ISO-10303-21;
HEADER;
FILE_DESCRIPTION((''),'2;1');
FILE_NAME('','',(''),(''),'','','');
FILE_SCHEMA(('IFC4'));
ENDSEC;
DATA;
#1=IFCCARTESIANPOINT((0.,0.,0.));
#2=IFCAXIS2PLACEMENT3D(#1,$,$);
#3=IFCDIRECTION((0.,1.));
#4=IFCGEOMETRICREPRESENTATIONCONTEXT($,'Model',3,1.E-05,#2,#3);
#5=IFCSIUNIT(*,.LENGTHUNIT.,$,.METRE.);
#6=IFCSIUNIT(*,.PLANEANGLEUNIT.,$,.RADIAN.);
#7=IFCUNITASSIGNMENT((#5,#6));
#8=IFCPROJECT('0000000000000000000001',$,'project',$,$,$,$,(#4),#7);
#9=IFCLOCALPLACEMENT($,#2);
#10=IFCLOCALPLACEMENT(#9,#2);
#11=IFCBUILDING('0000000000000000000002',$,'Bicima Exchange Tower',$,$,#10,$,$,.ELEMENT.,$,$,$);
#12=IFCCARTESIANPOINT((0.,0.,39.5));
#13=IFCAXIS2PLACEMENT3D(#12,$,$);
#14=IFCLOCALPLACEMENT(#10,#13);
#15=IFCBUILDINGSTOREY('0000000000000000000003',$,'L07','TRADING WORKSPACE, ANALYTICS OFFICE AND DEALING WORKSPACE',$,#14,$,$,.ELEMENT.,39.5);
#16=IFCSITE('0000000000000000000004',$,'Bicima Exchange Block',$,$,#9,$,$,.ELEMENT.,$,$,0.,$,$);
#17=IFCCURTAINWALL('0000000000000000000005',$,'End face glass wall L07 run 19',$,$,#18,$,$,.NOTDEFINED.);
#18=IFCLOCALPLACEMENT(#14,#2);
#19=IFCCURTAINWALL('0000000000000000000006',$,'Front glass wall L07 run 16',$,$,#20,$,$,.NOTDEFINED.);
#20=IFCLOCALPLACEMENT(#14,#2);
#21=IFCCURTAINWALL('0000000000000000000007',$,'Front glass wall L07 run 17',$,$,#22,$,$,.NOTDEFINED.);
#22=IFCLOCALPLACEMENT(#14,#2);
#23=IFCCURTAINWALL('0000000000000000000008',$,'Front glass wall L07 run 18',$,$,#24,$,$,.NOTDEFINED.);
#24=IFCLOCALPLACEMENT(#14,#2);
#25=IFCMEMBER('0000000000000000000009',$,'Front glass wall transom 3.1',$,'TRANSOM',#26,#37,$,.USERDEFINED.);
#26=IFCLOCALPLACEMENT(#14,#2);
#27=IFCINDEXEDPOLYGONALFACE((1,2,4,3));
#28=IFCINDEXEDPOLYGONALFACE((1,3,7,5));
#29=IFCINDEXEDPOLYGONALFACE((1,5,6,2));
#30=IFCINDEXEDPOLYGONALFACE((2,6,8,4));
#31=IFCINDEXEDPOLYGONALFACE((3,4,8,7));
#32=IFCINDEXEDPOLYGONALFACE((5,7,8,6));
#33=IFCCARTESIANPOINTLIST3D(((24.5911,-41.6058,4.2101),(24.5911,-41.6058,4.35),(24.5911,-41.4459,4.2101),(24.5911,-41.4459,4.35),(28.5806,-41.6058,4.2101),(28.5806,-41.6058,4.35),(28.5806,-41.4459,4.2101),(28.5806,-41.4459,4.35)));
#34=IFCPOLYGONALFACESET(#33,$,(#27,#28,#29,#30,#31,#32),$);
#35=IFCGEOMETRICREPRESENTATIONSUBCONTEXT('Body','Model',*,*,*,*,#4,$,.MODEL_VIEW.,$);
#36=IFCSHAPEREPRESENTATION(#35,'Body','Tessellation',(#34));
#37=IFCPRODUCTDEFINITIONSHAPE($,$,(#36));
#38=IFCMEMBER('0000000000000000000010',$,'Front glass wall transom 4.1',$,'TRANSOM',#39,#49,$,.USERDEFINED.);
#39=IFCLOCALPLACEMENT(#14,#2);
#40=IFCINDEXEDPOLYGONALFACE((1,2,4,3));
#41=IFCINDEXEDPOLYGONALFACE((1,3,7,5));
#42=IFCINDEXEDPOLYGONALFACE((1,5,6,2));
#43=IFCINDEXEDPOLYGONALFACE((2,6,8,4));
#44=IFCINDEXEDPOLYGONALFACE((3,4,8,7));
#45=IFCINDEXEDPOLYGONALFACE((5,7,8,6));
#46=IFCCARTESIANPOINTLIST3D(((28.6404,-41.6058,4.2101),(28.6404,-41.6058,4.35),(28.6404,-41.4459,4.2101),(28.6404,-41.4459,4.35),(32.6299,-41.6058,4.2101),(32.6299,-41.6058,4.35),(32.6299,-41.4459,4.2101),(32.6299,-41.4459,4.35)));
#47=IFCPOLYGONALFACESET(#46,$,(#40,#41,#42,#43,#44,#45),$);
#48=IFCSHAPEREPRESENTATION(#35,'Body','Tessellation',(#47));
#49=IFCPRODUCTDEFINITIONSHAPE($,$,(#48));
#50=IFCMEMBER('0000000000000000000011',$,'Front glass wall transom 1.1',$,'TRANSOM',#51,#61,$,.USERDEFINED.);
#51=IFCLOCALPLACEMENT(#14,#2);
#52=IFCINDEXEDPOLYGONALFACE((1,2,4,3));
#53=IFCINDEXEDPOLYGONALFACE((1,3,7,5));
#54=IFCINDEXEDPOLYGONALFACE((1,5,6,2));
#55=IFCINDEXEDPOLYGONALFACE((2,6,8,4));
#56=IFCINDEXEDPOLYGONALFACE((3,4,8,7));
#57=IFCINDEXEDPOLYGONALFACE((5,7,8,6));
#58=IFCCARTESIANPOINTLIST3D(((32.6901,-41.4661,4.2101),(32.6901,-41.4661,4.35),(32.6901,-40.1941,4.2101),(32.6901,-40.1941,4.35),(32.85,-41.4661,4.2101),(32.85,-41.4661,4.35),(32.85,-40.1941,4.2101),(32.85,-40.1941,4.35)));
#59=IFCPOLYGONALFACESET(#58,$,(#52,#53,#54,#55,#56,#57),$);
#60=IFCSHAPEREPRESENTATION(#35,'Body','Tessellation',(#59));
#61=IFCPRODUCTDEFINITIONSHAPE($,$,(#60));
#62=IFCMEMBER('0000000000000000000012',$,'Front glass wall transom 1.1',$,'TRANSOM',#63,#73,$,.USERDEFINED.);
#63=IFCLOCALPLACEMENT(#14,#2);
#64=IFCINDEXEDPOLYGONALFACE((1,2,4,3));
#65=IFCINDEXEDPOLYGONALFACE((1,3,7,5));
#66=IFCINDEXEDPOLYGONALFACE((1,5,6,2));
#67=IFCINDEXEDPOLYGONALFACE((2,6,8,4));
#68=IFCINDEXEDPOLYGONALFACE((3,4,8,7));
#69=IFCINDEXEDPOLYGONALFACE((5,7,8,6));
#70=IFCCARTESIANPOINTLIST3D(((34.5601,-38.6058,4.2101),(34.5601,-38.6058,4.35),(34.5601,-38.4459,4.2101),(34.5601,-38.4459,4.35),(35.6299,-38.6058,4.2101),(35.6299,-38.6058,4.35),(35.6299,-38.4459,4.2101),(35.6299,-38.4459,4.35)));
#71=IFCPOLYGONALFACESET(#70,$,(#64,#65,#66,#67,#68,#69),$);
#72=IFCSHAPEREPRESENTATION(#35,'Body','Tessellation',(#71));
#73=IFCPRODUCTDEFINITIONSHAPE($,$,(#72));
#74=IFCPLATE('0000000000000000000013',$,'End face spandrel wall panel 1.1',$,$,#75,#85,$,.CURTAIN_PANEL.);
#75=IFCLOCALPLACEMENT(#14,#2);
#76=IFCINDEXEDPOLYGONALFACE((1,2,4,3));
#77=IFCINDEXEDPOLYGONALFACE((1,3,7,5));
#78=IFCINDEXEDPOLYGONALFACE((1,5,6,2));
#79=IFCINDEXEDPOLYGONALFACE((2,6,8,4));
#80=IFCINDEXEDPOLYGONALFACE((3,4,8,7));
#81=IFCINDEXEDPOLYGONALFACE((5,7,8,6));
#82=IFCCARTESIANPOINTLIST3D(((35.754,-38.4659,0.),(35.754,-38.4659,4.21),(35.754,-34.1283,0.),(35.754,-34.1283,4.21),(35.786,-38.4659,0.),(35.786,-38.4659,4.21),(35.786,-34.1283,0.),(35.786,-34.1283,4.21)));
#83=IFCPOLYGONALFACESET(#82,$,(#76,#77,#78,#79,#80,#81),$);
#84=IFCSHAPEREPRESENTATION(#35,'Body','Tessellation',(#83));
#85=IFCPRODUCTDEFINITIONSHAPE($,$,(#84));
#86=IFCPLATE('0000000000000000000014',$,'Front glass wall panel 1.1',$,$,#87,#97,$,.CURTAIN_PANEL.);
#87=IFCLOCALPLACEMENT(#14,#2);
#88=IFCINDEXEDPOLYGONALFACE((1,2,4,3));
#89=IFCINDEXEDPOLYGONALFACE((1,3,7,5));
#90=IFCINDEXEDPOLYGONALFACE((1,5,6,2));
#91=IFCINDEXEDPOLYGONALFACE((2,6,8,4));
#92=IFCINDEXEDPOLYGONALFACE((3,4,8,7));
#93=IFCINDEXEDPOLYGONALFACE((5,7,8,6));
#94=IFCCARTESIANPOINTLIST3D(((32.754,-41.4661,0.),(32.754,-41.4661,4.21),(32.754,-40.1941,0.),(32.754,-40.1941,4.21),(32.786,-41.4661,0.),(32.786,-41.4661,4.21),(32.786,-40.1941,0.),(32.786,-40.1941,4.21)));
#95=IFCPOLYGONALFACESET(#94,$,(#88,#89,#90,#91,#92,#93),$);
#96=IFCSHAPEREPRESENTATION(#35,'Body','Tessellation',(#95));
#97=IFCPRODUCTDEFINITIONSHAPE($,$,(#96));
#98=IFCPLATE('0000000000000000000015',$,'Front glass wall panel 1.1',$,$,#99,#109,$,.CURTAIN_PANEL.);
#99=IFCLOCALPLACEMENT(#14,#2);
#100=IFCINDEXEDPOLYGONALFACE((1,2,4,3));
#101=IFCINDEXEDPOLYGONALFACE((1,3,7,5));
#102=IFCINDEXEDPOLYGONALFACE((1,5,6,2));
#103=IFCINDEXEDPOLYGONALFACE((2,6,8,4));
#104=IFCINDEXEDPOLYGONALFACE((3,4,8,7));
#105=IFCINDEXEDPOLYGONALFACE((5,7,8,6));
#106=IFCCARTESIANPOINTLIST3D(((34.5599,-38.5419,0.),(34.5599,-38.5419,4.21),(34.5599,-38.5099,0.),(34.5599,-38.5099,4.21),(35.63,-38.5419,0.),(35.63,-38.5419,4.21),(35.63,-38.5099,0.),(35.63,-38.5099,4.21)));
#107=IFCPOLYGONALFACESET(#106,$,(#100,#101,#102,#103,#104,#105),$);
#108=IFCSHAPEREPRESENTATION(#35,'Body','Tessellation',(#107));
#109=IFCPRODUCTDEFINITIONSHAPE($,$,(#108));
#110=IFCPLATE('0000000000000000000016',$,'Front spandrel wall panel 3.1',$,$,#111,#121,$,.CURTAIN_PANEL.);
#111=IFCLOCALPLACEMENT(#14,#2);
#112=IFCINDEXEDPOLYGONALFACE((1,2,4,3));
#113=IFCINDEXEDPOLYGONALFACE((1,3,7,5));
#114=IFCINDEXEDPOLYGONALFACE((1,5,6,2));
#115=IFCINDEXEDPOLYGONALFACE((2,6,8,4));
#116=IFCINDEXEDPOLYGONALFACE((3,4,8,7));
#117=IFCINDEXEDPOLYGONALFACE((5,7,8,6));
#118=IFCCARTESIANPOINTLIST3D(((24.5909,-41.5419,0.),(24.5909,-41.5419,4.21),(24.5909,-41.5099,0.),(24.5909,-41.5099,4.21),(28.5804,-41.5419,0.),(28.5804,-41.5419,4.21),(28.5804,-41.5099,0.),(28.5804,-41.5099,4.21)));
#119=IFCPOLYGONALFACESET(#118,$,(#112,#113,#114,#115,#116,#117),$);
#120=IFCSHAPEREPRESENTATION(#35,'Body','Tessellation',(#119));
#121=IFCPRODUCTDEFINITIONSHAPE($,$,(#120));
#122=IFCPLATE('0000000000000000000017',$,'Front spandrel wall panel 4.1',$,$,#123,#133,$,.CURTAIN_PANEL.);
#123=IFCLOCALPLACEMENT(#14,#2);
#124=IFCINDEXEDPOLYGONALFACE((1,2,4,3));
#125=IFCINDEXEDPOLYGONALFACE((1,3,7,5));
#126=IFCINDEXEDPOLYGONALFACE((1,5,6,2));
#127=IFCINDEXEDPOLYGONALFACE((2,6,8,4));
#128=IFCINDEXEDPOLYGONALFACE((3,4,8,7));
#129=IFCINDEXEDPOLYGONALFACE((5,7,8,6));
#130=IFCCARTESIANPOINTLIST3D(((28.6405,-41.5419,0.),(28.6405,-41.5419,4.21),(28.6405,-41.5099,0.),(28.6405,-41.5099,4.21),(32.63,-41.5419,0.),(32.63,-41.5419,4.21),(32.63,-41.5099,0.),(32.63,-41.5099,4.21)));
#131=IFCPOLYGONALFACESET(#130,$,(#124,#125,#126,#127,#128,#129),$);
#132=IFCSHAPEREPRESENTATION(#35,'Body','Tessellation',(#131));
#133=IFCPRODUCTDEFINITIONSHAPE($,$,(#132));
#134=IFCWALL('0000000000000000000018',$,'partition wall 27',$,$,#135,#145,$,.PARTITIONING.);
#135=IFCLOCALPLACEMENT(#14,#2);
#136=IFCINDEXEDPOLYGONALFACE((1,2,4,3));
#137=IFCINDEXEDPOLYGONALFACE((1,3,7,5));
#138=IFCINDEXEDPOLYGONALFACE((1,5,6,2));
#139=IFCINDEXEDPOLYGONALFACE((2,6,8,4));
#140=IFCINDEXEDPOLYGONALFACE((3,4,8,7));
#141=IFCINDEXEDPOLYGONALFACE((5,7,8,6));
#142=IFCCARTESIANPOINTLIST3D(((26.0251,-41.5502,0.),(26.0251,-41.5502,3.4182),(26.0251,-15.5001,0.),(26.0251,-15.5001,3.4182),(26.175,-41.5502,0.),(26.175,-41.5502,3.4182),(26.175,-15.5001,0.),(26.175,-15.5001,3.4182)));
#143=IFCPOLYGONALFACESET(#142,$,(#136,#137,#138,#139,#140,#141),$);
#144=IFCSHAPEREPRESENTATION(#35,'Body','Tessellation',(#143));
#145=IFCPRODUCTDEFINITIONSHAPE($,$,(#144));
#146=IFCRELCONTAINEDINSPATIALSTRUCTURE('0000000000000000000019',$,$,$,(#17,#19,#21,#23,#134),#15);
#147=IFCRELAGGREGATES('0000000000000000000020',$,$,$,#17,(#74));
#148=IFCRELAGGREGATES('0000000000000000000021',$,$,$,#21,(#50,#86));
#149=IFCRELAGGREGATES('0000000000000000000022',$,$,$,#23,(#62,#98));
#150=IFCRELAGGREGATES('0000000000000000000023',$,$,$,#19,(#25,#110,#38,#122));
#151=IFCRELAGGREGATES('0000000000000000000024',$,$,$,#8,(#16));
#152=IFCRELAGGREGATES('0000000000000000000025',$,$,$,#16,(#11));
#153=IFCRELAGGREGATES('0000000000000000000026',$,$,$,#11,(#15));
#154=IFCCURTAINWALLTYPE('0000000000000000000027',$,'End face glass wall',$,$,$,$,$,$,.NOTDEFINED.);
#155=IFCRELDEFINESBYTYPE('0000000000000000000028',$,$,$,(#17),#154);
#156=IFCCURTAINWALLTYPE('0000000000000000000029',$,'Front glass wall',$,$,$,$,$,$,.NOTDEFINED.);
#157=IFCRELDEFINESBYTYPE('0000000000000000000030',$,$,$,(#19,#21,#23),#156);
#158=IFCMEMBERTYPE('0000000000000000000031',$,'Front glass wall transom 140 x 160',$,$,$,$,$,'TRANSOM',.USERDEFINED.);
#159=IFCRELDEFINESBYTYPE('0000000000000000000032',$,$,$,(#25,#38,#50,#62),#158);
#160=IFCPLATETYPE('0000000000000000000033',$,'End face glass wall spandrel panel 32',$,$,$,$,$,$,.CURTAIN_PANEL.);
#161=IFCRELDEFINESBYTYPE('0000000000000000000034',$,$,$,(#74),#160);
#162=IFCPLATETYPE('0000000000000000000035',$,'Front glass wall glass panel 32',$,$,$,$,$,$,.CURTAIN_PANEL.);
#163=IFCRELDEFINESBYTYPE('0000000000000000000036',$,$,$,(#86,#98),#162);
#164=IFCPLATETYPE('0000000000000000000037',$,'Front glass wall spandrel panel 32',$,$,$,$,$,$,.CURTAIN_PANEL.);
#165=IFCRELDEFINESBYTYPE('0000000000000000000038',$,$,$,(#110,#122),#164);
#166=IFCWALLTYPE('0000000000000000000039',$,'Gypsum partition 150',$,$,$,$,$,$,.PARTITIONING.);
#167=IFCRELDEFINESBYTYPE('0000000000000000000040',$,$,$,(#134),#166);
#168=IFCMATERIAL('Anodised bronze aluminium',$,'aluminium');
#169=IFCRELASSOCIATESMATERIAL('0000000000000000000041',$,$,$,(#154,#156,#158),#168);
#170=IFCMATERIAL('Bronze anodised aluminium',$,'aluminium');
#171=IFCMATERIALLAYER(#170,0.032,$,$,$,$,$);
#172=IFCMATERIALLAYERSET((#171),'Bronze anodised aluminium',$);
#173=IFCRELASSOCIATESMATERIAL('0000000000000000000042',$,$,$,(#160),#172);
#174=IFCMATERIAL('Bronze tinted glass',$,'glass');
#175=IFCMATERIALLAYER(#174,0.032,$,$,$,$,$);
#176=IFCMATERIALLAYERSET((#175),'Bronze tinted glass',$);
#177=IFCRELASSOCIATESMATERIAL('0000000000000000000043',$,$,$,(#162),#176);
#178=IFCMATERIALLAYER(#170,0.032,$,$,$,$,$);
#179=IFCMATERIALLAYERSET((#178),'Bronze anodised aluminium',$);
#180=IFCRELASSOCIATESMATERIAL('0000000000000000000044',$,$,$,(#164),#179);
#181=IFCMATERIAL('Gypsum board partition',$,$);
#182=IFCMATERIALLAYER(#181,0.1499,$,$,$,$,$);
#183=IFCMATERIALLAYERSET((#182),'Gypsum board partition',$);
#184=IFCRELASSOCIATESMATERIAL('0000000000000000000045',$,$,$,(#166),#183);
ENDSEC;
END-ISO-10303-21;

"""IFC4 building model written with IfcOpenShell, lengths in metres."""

from ifc_helpers import new_model, si_unit, direction, frame, frame_2d, origin, origin_2d, place, context, subcontext, project, spatial, rectangle, extrude, material, layer, layer_set, material_profile, profile_set, type_object, element, aggregate, save


model = new_model("IFC4")

# Units and contexts
model_context = context("Model", 3, precision=1e-05, world=origin(), true_north=direction((0.0, 1.0)))
body_context = subcontext(model_context, "Body", "Model", "MODEL_VIEW")
ifc_project = project(units=[si_unit("LENGTHUNIT", "METRE"), si_unit("PLANEANGLEUNIT", "RADIAN")], contexts=[model_context])

# Site, building, storey
site_placement = place(None, origin())
site = spatial("IfcSite", under=ifc_project, at=site_placement, Name="Bicima Exchange Block", CompositionType="ELEMENT", RefElevation=0.0)
building_placement = place(site_placement, origin())
building = spatial("IfcBuilding", under=site, at=building_placement, Name="Bicima Exchange Tower", CompositionType="ELEMENT")
storey_placement = place(building_placement, frame((0.0, 0.0, 39.5)))
storey = spatial("IfcBuildingStorey", under=building, at=storey_placement, Name="L07", Description="TRADING WORKSPACE, ANALYTICS OFFICE AND DEALING WORKSPACE", CompositionType="ELEMENT", Elevation=39.5)

# Curtain wall
ifc_material_1 = material(Name="Anodised bronze aluminium", Category="aluminium")
curtain_wall_type_1 = type_object("IfcCurtainWallType", Name="End face glass wall", PredefinedType="NOTDEFINED", material=ifc_material_1)
curtain_wall_1_placement = place(storey_placement, origin())
curtain_wall_1 = element("IfcCurtainWall", 1, at=curtain_wall_1_placement, inside=storey, type_object=curtain_wall_type_1, Name="End face glass wall L07 run 19", PredefinedType="NOTDEFINED")
ifc_material_profile_1 = material_profile(ifc_material_1, rectangle(XDim=0.1599, YDim=0.1399, at=origin_2d()))
ifc_profile_set_1 = profile_set([ifc_material_profile_1], Name="Anodised bronze aluminium")

# Curtain walls
curtain_wall_type_2 = type_object("IfcCurtainWallType", Name="Front glass wall", PredefinedType="NOTDEFINED", material=ifc_material_1)
curtain_wall_2_placement = place(storey_placement, origin())
curtain_wall_2 = element("IfcCurtainWall", 2, at=curtain_wall_2_placement, inside=storey, type_object=curtain_wall_type_2, Name="Front glass wall L07 run 16", PredefinedType="NOTDEFINED")
curtain_wall_3_placement = place(storey_placement, origin())
curtain_wall_3 = element("IfcCurtainWall", 3, at=curtain_wall_3_placement, inside=storey, type_object=curtain_wall_type_2, Name="Front glass wall L07 run 17", PredefinedType="NOTDEFINED")
curtain_wall_4_placement = place(storey_placement, origin())
curtain_wall_4 = element("IfcCurtainWall", 4, at=curtain_wall_4_placement, inside=storey, type_object=curtain_wall_type_2, Name="Front glass wall L07 run 18", PredefinedType="NOTDEFINED")

# Members
member_type_1 = type_object("IfcMemberType", Name="Front glass wall transom 140 x 160", ElementType="TRANSOM", PredefinedType="USERDEFINED", material=ifc_profile_set_1)
member_1_placement = place(storey_placement, frame((24.5911, -41.5259, 4.28), z_axis=(1.0, 0.0, 0.0), x_axis=(0.0, 1.0, 0.0)))
member_1 = element("IfcMember", 5, at=member_1_placement, type_object=member_type_1, Name="Front glass wall transom 3.1", ObjectType="TRANSOM", PredefinedType="USERDEFINED", context=body_context, shape_type="SweptSolid", body=[
    extrude(rectangle(XDim=0.1599, YDim=0.1399, at=origin_2d()), origin(), (0.0, 0.0, 1.0), 3.9895),
])
member_2_placement = place(storey_placement, frame((28.6404, -41.5259, 4.28), z_axis=(1.0, 0.0, 0.0), x_axis=(0.0, 1.0, 0.0)))
member_2 = element("IfcMember", 6, at=member_2_placement, type_object=member_type_1, Name="Front glass wall transom 4.1", ObjectType="TRANSOM", PredefinedType="USERDEFINED", context=body_context, shape_type="SweptSolid", body=[
    extrude(rectangle(XDim=0.1599, YDim=0.1399, at=origin_2d()), origin(), (0.0, 0.0, 1.0), 3.9895),
])
member_3_placement = place(storey_placement, frame((32.77, -41.4661, 4.28), z_axis=(0.0, 1.0, 0.0), x_axis=(-1.0, 0.0, 0.0)))
member_3 = element("IfcMember", 7, at=member_3_placement, type_object=member_type_1, Name="Front glass wall transom 1.1", ObjectType="TRANSOM", PredefinedType="USERDEFINED", context=body_context, shape_type="SweptSolid", body=[
    extrude(rectangle(XDim=0.1599, YDim=0.1399, at=origin_2d()), origin(), (0.0, 0.0, 1.0), 1.272),
])
member_4_placement = place(storey_placement, frame((34.5601, -38.5259, 4.28), z_axis=(1.0, 0.0, 0.0), x_axis=(0.0, 1.0, 0.0)))
member_4 = element("IfcMember", 8, at=member_4_placement, type_object=member_type_1, Name="Front glass wall transom 1.1", ObjectType="TRANSOM", PredefinedType="USERDEFINED", context=body_context, shape_type="SweptSolid", body=[
    extrude(rectangle(XDim=0.1599, YDim=0.1399, at=origin_2d()), origin(), (0.0, 0.0, 1.0), 1.0698),
])

# Plates
ifc_material_2 = material(Name="Bronze anodised aluminium", Category="aluminium")
ifc_layer_1 = layer(ifc_material_2, 0.032)
ifc_layer_set_1 = layer_set([ifc_layer_1], Name="Bronze anodised aluminium")
plate_type_1 = type_object("IfcPlateType", Name="End face glass wall spandrel panel 32", PredefinedType="CURTAIN_PANEL", material=ifc_layer_set_1)
plate_1_placement = place(storey_placement, frame((35.77, -36.2971, 0.0), z_axis=(0.0, 0.0, 1.0), x_axis=(0.0, 1.0, 0.0)))
plate_1 = element("IfcPlate", 9, at=plate_1_placement, type_object=plate_type_1, Name="End face spandrel wall panel 1.1", PredefinedType="CURTAIN_PANEL", context=body_context, shape_type="SweptSolid", body=[
    extrude(rectangle(XDim=4.3376, YDim=0.032, at=origin_2d()), origin(), (0.0, 0.0, 1.0), 4.21),
])
aggregate(curtain_wall_1, [plate_1])
ifc_material_3 = material(Name="Bronze tinted glass", Category="glass")
ifc_layer_2 = layer(ifc_material_3, 0.032)
ifc_layer_set_2 = layer_set([ifc_layer_2], Name="Bronze tinted glass")
plate_type_2 = type_object("IfcPlateType", Name="Front glass wall glass panel 32", PredefinedType="CURTAIN_PANEL", material=ifc_layer_set_2)
plate_2_placement = place(storey_placement, frame((32.77, -40.8301, 0.0), z_axis=(0.0, 0.0, 1.0), x_axis=(0.0, 1.0, 0.0)))
plate_2 = element("IfcPlate", 10, at=plate_2_placement, type_object=plate_type_2, Name="Front glass wall panel 1.1", PredefinedType="CURTAIN_PANEL", context=body_context, shape_type="SweptSolid", body=[
    extrude(rectangle(XDim=1.272, YDim=0.032, at=origin_2d()), origin(), (0.0, 0.0, 1.0), 4.21),
])
aggregate(curtain_wall_3, [member_3, plate_2])
plate_3_placement = place(storey_placement, frame((35.095, -38.5259, 0.0), z_axis=(0.0, 0.0, 1.0), x_axis=(1.0, 0.0, 0.0)))
plate_3 = element("IfcPlate", 11, at=plate_3_placement, type_object=plate_type_2, Name="Front glass wall panel 1.1", PredefinedType="CURTAIN_PANEL", context=body_context, shape_type="SweptSolid", body=[
    extrude(rectangle(XDim=1.0701, YDim=0.032, at=origin_2d()), origin(), (0.0, 0.0, 1.0), 4.21),
])
aggregate(curtain_wall_4, [member_4, plate_3])
ifc_layer_3 = layer(ifc_material_2, 0.032)
ifc_layer_set_3 = layer_set([ifc_layer_3], Name="Bronze anodised aluminium")
plate_type_3 = type_object("IfcPlateType", Name="Front glass wall spandrel panel 32", PredefinedType="CURTAIN_PANEL", material=ifc_layer_set_3)
plate_4_placement = place(storey_placement, frame((26.5857, -41.5259, 0.0), z_axis=(0.0, 0.0, 1.0), x_axis=(1.0, 0.0, 0.0)))
plate_4 = element("IfcPlate", 12, at=plate_4_placement, type_object=plate_type_3, Name="Front spandrel wall panel 3.1", PredefinedType="CURTAIN_PANEL", context=body_context, shape_type="SweptSolid", body=[
    extrude(rectangle(XDim=3.9895, YDim=0.032, at=origin_2d()), origin(), (0.0, 0.0, 1.0), 4.21),
])
plate_5_placement = place(storey_placement, frame((30.6353, -41.5259, 0.0), z_axis=(0.0, 0.0, 1.0), x_axis=(1.0, 0.0, 0.0)))
plate_5 = element("IfcPlate", 13, at=plate_5_placement, type_object=plate_type_3, Name="Front spandrel wall panel 4.1", PredefinedType="CURTAIN_PANEL", context=body_context, shape_type="SweptSolid", body=[
    extrude(rectangle(XDim=3.9895, YDim=0.032, at=origin_2d()), origin(), (0.0, 0.0, 1.0), 4.21),
])
aggregate(curtain_wall_2, [member_1, plate_4, member_2, plate_5])

# Wall
ifc_material_4 = material(Name="Gypsum board partition")
ifc_layer_4 = layer(ifc_material_4, 0.1499)
ifc_layer_set_4 = layer_set([ifc_layer_4], Name="Gypsum board partition")
wall_type = type_object("IfcWallType", Name="Gypsum partition 150", PredefinedType="PARTITIONING", material=ifc_layer_set_4)
wall_placement = place(storey_placement, frame((26.1001, -41.55, 0.0), z_axis=(0.0, 0.0, 1.0), x_axis=(0.0, 1.0, 0.0)))
element("IfcWall", 14, at=wall_placement, inside=storey, type_object=wall_type, Name="partition wall 27", PredefinedType="PARTITIONING", context=body_context, shape_type="SweptSolid", body=[
    extrude(rectangle(XDim=26.05, YDim=0.1499, at=frame_2d((13.0249, 0.0))), origin(), (0.0, 0.0, 1.0), 3.4182),
])

save(model, "model.ifc")
